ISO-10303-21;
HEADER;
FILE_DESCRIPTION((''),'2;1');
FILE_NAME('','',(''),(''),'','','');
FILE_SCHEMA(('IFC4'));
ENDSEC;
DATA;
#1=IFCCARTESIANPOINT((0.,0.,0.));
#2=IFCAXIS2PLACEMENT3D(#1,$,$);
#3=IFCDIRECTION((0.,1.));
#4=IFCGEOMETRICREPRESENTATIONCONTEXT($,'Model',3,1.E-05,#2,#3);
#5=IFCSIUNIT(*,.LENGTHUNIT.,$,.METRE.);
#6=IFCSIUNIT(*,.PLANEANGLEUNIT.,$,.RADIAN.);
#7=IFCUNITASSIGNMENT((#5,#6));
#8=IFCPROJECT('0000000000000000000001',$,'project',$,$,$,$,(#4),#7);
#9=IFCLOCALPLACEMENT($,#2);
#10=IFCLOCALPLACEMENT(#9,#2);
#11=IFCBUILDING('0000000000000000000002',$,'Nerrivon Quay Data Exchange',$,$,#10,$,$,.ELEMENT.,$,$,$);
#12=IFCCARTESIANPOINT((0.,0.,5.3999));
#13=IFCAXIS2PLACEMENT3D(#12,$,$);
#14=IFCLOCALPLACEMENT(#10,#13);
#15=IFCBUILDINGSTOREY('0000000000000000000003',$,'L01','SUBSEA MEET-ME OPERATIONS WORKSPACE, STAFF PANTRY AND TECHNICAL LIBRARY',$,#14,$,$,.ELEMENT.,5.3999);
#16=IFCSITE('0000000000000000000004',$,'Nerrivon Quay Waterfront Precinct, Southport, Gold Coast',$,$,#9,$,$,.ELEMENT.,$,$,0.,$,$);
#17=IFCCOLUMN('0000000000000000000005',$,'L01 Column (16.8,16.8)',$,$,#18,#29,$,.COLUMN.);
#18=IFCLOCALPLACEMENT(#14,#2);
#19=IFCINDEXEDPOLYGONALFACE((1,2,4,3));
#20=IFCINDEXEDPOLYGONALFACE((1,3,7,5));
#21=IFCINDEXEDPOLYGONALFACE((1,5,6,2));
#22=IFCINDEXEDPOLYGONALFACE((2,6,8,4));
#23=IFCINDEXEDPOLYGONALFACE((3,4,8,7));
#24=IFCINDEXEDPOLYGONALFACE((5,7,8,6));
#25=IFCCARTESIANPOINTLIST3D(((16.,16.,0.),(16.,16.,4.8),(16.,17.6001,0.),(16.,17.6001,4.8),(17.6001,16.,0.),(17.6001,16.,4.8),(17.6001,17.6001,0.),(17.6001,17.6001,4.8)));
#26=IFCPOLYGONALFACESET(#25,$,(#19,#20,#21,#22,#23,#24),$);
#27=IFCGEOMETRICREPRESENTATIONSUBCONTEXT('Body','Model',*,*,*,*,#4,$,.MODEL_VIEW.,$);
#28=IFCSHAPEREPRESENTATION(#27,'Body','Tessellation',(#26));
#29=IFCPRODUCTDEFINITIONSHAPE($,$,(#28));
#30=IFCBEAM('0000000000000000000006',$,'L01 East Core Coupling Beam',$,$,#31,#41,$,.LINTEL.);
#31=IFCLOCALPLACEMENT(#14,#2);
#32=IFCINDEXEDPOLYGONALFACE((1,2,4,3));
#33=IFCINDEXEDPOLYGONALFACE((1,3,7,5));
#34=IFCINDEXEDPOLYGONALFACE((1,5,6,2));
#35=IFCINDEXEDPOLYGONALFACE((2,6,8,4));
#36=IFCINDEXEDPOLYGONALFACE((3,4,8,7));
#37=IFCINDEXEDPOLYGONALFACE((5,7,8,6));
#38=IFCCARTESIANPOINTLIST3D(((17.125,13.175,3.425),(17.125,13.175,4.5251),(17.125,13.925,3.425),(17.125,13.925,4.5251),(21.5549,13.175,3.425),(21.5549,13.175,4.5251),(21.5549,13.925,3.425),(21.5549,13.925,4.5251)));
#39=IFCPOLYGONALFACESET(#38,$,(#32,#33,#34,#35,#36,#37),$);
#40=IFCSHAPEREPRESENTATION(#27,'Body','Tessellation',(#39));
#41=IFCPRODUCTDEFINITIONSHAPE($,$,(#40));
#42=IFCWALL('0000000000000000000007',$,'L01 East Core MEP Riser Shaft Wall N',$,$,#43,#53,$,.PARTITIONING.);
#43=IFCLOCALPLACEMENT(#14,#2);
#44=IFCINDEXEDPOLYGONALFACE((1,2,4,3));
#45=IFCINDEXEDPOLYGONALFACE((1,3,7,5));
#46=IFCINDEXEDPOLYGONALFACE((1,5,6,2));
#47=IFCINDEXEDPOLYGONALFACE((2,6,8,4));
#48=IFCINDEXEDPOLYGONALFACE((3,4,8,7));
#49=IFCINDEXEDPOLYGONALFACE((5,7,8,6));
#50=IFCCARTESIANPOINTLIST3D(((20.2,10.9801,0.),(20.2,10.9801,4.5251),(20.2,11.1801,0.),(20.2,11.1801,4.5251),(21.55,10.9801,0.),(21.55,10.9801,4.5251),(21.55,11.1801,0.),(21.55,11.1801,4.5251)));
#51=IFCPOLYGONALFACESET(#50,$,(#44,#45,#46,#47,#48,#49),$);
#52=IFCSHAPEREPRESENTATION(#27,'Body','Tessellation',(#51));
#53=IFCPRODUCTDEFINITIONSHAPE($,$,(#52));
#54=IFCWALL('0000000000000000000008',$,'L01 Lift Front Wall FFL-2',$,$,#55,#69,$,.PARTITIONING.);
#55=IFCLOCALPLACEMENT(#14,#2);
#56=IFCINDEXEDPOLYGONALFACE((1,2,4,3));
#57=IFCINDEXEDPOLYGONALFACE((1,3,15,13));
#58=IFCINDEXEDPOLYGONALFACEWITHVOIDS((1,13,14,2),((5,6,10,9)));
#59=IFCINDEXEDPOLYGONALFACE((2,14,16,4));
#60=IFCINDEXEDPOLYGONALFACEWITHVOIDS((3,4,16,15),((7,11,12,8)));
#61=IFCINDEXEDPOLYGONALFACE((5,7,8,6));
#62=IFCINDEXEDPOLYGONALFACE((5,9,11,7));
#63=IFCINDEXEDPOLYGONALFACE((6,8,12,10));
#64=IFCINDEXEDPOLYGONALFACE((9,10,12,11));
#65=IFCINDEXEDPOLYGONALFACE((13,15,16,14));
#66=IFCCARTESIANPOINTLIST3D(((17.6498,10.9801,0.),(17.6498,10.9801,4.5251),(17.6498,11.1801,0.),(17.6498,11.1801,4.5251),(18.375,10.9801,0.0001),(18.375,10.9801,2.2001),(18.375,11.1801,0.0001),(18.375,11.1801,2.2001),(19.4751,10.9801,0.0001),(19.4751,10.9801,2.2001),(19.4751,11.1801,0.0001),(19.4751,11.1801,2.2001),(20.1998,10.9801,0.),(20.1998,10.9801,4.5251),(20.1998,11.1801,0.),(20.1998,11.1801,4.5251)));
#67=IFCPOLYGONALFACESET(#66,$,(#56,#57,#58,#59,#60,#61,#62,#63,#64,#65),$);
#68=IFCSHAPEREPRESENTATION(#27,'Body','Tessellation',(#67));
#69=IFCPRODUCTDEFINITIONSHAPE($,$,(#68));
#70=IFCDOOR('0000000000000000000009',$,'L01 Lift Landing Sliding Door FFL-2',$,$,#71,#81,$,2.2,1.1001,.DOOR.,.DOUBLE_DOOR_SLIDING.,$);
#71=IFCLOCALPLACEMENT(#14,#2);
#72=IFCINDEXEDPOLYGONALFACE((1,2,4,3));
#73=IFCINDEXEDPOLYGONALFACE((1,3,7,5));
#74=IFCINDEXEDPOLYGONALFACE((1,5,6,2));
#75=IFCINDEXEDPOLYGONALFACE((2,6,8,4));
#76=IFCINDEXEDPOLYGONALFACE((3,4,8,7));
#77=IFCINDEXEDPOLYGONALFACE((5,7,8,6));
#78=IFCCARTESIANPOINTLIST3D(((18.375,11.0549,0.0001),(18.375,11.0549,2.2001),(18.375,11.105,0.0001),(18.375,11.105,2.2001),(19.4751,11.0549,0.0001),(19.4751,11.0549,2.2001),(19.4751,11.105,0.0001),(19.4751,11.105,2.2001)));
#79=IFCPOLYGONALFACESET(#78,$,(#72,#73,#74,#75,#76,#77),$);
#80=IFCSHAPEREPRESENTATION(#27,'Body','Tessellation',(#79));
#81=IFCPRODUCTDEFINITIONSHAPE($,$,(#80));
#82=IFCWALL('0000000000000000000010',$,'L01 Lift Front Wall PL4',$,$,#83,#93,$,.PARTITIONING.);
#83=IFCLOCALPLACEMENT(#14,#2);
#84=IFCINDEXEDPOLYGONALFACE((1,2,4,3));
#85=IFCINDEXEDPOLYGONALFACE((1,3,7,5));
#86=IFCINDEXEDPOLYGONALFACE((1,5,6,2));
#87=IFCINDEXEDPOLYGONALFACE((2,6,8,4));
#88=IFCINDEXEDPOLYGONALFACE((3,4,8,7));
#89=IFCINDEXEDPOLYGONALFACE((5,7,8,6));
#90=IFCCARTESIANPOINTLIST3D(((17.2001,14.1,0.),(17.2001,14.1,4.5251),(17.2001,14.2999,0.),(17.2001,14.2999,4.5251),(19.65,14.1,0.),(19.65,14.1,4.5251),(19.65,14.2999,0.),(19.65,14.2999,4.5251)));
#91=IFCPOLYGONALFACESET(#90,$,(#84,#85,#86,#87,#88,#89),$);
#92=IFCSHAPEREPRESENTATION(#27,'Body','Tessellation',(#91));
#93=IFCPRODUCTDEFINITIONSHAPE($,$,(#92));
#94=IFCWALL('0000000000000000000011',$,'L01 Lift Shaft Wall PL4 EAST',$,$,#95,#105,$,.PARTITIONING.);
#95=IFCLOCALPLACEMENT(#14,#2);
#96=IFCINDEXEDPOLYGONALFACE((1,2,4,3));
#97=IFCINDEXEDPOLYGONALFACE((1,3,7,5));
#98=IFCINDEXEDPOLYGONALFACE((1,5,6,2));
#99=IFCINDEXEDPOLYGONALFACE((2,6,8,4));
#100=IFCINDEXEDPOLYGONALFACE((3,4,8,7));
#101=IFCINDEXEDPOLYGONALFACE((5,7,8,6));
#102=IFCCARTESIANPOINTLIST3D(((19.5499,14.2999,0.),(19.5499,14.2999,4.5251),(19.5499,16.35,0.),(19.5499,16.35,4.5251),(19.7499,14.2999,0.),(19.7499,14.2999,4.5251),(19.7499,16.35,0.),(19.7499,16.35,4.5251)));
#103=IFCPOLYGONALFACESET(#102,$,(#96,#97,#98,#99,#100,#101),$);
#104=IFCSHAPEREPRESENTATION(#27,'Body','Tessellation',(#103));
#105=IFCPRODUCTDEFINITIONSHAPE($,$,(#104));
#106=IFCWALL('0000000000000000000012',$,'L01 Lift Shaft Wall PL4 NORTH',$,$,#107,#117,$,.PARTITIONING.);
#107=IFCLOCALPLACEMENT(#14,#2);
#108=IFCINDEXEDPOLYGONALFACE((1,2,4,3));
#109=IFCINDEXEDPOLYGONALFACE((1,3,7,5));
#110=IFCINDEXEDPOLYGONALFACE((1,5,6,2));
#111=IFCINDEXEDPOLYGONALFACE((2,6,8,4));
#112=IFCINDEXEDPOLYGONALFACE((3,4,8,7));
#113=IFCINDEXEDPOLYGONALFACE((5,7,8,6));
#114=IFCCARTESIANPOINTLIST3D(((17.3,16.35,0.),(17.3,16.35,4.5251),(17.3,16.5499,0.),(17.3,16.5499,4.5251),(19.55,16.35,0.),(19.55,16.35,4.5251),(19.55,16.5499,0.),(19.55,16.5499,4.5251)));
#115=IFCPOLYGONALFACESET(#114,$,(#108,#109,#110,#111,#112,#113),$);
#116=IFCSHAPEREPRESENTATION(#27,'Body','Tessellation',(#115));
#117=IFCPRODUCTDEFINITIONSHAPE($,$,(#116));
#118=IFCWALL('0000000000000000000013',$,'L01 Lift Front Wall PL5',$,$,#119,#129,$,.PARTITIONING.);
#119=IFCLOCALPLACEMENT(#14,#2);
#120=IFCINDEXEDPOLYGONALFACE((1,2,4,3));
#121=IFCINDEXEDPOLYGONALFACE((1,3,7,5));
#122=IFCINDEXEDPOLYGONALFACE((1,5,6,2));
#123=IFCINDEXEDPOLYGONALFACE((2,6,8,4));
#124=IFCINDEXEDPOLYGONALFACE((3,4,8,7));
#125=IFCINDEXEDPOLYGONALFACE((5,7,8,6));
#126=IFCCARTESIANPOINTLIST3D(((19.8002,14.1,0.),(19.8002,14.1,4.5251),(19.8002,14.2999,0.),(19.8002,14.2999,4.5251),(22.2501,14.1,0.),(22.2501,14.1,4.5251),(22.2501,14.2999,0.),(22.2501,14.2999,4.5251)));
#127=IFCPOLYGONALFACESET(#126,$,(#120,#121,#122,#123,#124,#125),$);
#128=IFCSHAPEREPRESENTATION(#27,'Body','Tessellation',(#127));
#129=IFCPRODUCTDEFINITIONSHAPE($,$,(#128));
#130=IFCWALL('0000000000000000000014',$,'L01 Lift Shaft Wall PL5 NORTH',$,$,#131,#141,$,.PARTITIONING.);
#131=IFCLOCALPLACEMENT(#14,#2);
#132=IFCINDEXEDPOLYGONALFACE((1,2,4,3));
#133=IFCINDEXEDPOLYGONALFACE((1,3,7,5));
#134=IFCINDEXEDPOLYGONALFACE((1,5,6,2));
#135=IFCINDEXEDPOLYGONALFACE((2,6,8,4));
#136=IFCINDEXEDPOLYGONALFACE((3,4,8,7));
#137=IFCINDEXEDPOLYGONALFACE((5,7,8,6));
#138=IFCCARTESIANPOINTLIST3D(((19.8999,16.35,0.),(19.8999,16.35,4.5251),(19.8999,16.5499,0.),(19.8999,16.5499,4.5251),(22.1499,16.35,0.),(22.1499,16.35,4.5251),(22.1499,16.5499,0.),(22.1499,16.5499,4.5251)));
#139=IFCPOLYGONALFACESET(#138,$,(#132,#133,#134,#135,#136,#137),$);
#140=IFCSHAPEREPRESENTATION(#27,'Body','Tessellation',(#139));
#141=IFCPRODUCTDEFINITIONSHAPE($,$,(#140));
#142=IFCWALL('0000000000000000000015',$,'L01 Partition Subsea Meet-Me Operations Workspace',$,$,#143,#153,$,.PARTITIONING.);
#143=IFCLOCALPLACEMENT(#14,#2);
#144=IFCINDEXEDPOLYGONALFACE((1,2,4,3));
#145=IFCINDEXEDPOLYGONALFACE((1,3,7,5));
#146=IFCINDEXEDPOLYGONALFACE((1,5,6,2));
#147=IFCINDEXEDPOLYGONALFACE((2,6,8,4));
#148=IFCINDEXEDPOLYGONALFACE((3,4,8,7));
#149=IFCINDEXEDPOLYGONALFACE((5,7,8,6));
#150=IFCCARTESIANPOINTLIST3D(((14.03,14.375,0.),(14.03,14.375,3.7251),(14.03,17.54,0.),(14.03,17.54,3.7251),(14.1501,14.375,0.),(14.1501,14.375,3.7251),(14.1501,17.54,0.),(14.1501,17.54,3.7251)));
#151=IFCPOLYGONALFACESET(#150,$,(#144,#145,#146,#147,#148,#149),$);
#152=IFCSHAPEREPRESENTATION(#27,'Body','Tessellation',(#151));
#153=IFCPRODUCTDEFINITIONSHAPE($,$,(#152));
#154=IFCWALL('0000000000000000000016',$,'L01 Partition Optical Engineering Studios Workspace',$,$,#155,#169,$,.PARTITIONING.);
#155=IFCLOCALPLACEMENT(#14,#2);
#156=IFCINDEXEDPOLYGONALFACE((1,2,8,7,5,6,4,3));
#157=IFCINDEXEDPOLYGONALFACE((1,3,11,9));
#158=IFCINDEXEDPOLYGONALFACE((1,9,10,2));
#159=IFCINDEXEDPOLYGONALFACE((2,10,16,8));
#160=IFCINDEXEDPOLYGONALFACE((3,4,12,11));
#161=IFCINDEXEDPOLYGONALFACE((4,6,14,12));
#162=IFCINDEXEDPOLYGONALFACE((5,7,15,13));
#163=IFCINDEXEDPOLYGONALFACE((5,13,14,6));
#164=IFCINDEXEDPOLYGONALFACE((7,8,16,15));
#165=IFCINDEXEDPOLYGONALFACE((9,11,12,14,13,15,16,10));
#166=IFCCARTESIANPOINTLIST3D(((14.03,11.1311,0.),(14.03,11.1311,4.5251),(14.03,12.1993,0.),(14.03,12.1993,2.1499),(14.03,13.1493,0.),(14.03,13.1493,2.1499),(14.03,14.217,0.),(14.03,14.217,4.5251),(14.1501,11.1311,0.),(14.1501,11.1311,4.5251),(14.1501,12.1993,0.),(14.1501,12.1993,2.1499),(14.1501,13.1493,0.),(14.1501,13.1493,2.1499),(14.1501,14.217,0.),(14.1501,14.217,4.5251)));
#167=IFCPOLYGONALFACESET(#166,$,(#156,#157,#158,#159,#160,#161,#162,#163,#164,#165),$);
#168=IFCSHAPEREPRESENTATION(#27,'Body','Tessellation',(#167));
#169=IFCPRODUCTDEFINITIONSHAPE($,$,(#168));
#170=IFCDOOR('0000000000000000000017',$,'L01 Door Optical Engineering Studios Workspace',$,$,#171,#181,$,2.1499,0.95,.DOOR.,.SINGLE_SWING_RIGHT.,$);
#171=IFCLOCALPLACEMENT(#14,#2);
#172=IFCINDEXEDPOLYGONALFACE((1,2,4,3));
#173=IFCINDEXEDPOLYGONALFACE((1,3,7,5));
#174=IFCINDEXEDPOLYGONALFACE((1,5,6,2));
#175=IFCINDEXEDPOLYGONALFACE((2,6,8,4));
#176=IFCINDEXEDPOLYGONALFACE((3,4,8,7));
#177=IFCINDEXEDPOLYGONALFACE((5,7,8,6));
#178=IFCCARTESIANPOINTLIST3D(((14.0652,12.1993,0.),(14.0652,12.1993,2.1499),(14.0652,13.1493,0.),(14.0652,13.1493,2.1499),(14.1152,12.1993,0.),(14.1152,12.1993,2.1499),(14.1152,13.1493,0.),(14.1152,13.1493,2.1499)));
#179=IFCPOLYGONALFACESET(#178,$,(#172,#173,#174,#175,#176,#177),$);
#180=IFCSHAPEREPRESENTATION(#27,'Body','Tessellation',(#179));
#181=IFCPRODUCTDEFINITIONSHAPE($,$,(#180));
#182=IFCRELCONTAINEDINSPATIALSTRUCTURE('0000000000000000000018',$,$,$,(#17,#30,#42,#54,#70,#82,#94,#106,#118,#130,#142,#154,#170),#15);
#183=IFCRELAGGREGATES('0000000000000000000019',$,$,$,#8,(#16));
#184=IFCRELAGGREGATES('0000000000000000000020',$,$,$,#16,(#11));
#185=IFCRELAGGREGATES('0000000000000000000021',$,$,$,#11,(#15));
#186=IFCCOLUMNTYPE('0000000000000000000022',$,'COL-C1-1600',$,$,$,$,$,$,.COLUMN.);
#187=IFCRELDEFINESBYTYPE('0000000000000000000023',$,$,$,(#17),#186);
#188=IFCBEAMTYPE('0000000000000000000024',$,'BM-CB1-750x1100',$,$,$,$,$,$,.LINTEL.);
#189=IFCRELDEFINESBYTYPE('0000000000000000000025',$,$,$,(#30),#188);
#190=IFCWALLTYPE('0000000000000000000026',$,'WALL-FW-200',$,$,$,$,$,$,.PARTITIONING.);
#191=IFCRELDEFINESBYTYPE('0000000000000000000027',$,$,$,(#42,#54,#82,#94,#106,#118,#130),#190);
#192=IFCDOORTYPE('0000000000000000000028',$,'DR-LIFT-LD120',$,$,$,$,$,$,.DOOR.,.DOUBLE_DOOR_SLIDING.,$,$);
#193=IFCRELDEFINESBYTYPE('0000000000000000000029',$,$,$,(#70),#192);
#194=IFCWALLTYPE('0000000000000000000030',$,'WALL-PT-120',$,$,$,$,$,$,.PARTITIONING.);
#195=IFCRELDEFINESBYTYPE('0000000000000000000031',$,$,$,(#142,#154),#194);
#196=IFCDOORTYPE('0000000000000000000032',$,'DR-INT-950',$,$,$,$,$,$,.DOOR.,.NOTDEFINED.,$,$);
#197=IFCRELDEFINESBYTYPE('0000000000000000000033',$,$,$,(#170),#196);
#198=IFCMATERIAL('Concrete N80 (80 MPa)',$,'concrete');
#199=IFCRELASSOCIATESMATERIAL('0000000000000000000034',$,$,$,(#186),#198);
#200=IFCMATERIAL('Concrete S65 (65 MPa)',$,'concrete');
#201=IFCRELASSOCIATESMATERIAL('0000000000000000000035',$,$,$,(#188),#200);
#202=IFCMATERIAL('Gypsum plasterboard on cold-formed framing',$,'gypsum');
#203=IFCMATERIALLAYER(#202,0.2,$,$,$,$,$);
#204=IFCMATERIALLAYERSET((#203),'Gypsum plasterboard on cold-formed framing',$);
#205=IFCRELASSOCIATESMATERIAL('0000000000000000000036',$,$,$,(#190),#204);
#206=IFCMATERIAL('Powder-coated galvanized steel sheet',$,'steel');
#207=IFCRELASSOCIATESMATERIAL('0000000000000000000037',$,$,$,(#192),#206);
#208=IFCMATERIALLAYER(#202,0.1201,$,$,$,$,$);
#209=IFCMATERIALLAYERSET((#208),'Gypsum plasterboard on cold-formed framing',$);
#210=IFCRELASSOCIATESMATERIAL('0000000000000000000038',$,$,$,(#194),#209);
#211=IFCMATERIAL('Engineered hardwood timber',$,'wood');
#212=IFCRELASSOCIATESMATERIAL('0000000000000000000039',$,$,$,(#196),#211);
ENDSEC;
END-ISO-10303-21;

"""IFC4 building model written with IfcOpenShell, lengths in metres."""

from ifc_helpers import new_model, si_unit, direction, frame, frame_2d, origin, origin_2d, place, context, subcontext, project, spatial, rectangle, extrude, material, layer, layer_set, material_profile, profile_set, type_object, element, fill, save


model = new_model("IFC4")

# Units and contexts
model_context = context("Model", 3, precision=1e-05, world=origin(), true_north=direction((0.0, 1.0)))
body_context = subcontext(model_context, "Body", "Model", "MODEL_VIEW")
ifc_project = project(units=[si_unit("LENGTHUNIT", "METRE"), si_unit("PLANEANGLEUNIT", "RADIAN")], contexts=[model_context])

# Site, building, storey
site_placement = place(None, origin())
site = spatial("IfcSite", under=ifc_project, at=site_placement, Name="Nerrivon Quay Waterfront Precinct, Southport, Gold Coast", CompositionType="ELEMENT", RefElevation=0.0)
building_placement = place(site_placement, origin())
building = spatial("IfcBuilding", under=site, at=building_placement, Name="Nerrivon Quay Data Exchange", CompositionType="ELEMENT")
storey_placement = place(building_placement, frame((0.0, 0.0, 5.3999)))
storey = spatial("IfcBuildingStorey", under=building, at=storey_placement, Name="L01", Description="SUBSEA MEET-ME OPERATIONS WORKSPACE, STAFF PANTRY AND TECHNICAL LIBRARY", CompositionType="ELEMENT", Elevation=5.3999)

# Column
ifc_material_1 = material(Name="Concrete N80 (80 MPa)", Category="concrete")
ifc_material_profile_1 = material_profile(ifc_material_1, rectangle(XDim=1.6001, YDim=1.6001, at=origin_2d()), Name="RC-COL-1600x1600")
ifc_profile_set_1 = profile_set([ifc_material_profile_1], Name="Concrete N80 (80 MPa)")
column_type = type_object("IfcColumnType", Name="COL-C1-1600", PredefinedType="COLUMN", material=ifc_profile_set_1)
column_placement = place(storey_placement, frame((16.8, 16.8, 0.0), z_axis=(0.0, 0.0, 1.0), x_axis=(1.0, 0.0, 0.0)))
element("IfcColumn", 1, at=column_placement, inside=storey, type_object=column_type, Name="L01 Column (16.8,16.8)", PredefinedType="COLUMN", context=body_context, shape_type="SweptSolid", body=[
    extrude(rectangle(XDim=1.6001, YDim=1.6001, at=origin_2d()), origin(), (0.0, 0.0, 1.0), 4.8),
])

# Beam
ifc_material_2 = material(Name="Concrete S65 (65 MPa)", Category="concrete")
ifc_material_profile_2 = material_profile(ifc_material_2, rectangle(XDim=0.75, YDim=1.1001, at=origin_2d()), Name="RC-CB-750x1100")
ifc_profile_set_2 = profile_set([ifc_material_profile_2], Name="Concrete S65 (65 MPa)")
beam_type = type_object("IfcBeamType", Name="BM-CB1-750x1100", PredefinedType="LINTEL", material=ifc_profile_set_2)
beam_placement = place(storey_placement, frame((17.125, 13.55, 3.9751), z_axis=(1.0, 0.0, 0.0), x_axis=(0.0, 1.0, 0.0)))
element("IfcBeam", 2, at=beam_placement, inside=storey, type_object=beam_type, Name="L01 East Core Coupling Beam", PredefinedType="LINTEL", context=body_context, shape_type="SweptSolid", body=[
    extrude(rectangle(XDim=0.75, YDim=1.1001, at=origin_2d()), origin(), (0.0, 0.0, 1.0), 4.4299),
])

# Shared definitions
ifc_material_3 = material(Name="Powder-coated galvanized steel sheet", Category="steel")

# Wall
ifc_material_4 = material(Name="Gypsum plasterboard on cold-formed framing", Category="gypsum")
ifc_layer_1 = layer(ifc_material_4, 0.2)
ifc_layer_set_1 = layer_set([ifc_layer_1], Name="Gypsum plasterboard on cold-formed framing")
wall_type_1 = type_object("IfcWallType", Name="WALL-FW-200", PredefinedType="PARTITIONING", material=ifc_layer_set_1)
wall_1_placement = place(storey_placement, frame((20.2, 11.0801, 0.0), z_axis=(0.0, 0.0, 1.0), x_axis=(1.0, 0.0, 0.0)))
element("IfcWall", 3, at=wall_1_placement, inside=storey, type_object=wall_type_1, Name="L01 East Core MEP Riser Shaft Wall N", PredefinedType="PARTITIONING", context=body_context, shape_type="SweptSolid", body=[
    extrude(rectangle(XDim=1.3501, YDim=0.2, at=frame_2d((0.675, 0.0))), origin(), (0.0, 0.0, 1.0), 4.5251),
])

# Wall, opening, door
wall_2_placement = place(storey_placement, frame((17.6499, 11.0801, 0.0), z_axis=(0.0, 0.0, 1.0), x_axis=(1.0, 0.0, 0.0)))
wall_2 = element("IfcWall", 4, at=wall_2_placement, inside=storey, type_object=wall_type_1, Name="L01 Lift Front Wall FFL-2", PredefinedType="PARTITIONING", context=body_context, shape_type="SweptSolid", body=[
    extrude(rectangle(XDim=2.55, YDim=0.2, at=frame_2d((1.2749, 0.0))), origin(), (0.0, 0.0, 1.0), 4.5251),
])
opening_1_placement = place(wall_2_placement, frame((0.7251, 0.0, 0.0)))
opening_1 = element("IfcOpeningElement", 5, at=opening_1_placement, cuts=wall_2, PredefinedType="OPENING", context=body_context, shape_type="SweptSolid", body=[
    extrude(rectangle(XDim=1.1001, YDim=2.2, at=frame_2d((0.55, 1.1001))), frame((0.0, 0.1099, 0.0), z_axis=(0.0, -1.0, 0.0), x_axis=(1.0, 0.0, 0.0)), (0.0, 0.0, 1.0), 0.22),
])
door_type_1 = type_object("IfcDoorType", Name="DR-LIFT-LD120", OperationType="DOUBLE_DOOR_SLIDING", PredefinedType="DOOR", material=ifc_material_3)
door_1_placement = place(opening_1_placement, origin())
door_1 = element("IfcDoor", 6, at=door_1_placement, inside=storey, type_object=door_type_1, Name="L01 Lift Landing Sliding Door FFL-2", OperationType="DOUBLE_DOOR_SLIDING", OverallHeight=2.2, OverallWidth=1.1001, PredefinedType="DOOR", context=body_context, shape_type="SweptSolid", body=[
    extrude(rectangle(XDim=1.1001, YDim=2.2, at=frame_2d((0.55, 1.1001))), frame((0.0, 0.0249, 0.0), z_axis=(0.0, -1.0, 0.0), x_axis=(1.0, 0.0, 0.0)), (0.0, 0.0, 1.0), 0.05),
])
fill(opening_1, door_1)

# Walls
wall_3_placement = place(storey_placement, frame((17.2, 14.2, 0.0), z_axis=(0.0, 0.0, 1.0), x_axis=(1.0, 0.0, 0.0)))
element("IfcWall", 7, at=wall_3_placement, inside=storey, type_object=wall_type_1, Name="L01 Lift Front Wall PL4", PredefinedType="PARTITIONING", context=body_context, shape_type="SweptSolid", body=[
    extrude(rectangle(XDim=2.45, YDim=0.2, at=frame_2d((1.2251, 0.0))), origin(), (0.0, 0.0, 1.0), 4.5251),
])
wall_4_placement = place(storey_placement, frame((19.6499, 14.3, 0.0), z_axis=(0.0, 0.0, 1.0), x_axis=(0.0, 1.0, 0.0)))
element("IfcWall", 8, at=wall_4_placement, inside=storey, type_object=wall_type_1, Name="L01 Lift Shaft Wall PL4 EAST", PredefinedType="PARTITIONING", context=body_context, shape_type="SweptSolid", body=[
    extrude(rectangle(XDim=2.05, YDim=0.2, at=frame_2d((1.0249, 0.0))), origin(), (0.0, 0.0, 1.0), 4.5251),
])
wall_5_placement = place(storey_placement, frame((17.3, 16.45, 0.0), z_axis=(0.0, 0.0, 1.0), x_axis=(1.0, 0.0, 0.0)))
element("IfcWall", 9, at=wall_5_placement, inside=storey, type_object=wall_type_1, Name="L01 Lift Shaft Wall PL4 NORTH", PredefinedType="PARTITIONING", context=body_context, shape_type="SweptSolid", body=[
    extrude(rectangle(XDim=2.25, YDim=0.2, at=frame_2d((1.125, 0.0))), origin(), (0.0, 0.0, 1.0), 4.5251),
])
wall_6_placement = place(storey_placement, frame((19.8, 14.2, 0.0), z_axis=(0.0, 0.0, 1.0), x_axis=(1.0, 0.0, 0.0)))
element("IfcWall", 10, at=wall_6_placement, inside=storey, type_object=wall_type_1, Name="L01 Lift Front Wall PL5", PredefinedType="PARTITIONING", context=body_context, shape_type="SweptSolid", body=[
    extrude(rectangle(XDim=2.45, YDim=0.2, at=frame_2d((1.2251, 0.0))), origin(), (0.0, 0.0, 1.0), 4.5251),
])
wall_7_placement = place(storey_placement, frame((19.8999, 16.45, 0.0), z_axis=(0.0, 0.0, 1.0), x_axis=(1.0, 0.0, 0.0)))
element("IfcWall", 11, at=wall_7_placement, inside=storey, type_object=wall_type_1, Name="L01 Lift Shaft Wall PL5 NORTH", PredefinedType="PARTITIONING", context=body_context, shape_type="SweptSolid", body=[
    extrude(rectangle(XDim=2.25, YDim=0.2, at=frame_2d((1.125, 0.0))), origin(), (0.0, 0.0, 1.0), 4.5251),
])
ifc_layer_2 = layer(ifc_material_4, 0.1201)
ifc_layer_set_2 = layer_set([ifc_layer_2], Name="Gypsum plasterboard on cold-formed framing")
wall_type_2 = type_object("IfcWallType", Name="WALL-PT-120", PredefinedType="PARTITIONING", material=ifc_layer_set_2)
wall_8_placement = place(storey_placement, frame((14.0901, 14.375, 0.0), z_axis=(0.0, 0.0, 1.0), x_axis=(0.0, 1.0, 0.0)))
element("IfcWall", 12, at=wall_8_placement, inside=storey, type_object=wall_type_2, Name="L01 Partition Subsea Meet-Me Operations Workspace", PredefinedType="PARTITIONING", context=body_context, shape_type="SweptSolid", body=[
    extrude(rectangle(XDim=3.165, YDim=0.1201, at=frame_2d((1.5825, 0.0))), origin(), (0.0, 0.0, 1.0), 3.7251),
])

# Wall, opening, door
wall_9_placement = place(storey_placement, frame((14.0901, 11.1311, 0.0), z_axis=(0.0, 0.0, 1.0), x_axis=(0.0, 1.0, 0.0)))
wall_9 = element("IfcWall", 13, at=wall_9_placement, inside=storey, type_object=wall_type_2, Name="L01 Partition Optical Engineering Studios Workspace", PredefinedType="PARTITIONING", context=body_context, shape_type="SweptSolid", body=[
    extrude(rectangle(XDim=3.0859, YDim=0.1201, at=frame_2d((1.543, 0.0))), origin(), (0.0, 0.0, 1.0), 4.5251),
])
opening_2_placement = place(wall_9_placement, frame((1.0681, 0.0, 0.0)))
opening_2 = element("IfcOpeningElement", 14, at=opening_2_placement, cuts=wall_9, PredefinedType="OPENING", context=body_context, shape_type="SweptSolid", body=[
    extrude(rectangle(XDim=0.95, YDim=2.1499, at=frame_2d((0.4751, 1.075))), frame((0.0, 0.0701, 0.0), z_axis=(0.0, -1.0, 0.0), x_axis=(1.0, 0.0, 0.0)), (0.0, 0.0, 1.0), 0.1401),
])
ifc_material_5 = material(Name="Engineered hardwood timber", Category="wood")
door_type_2 = type_object("IfcDoorType", Name="DR-INT-950", OperationType="NOTDEFINED", PredefinedType="DOOR", material=ifc_material_5)
door_2_placement = place(opening_2_placement, origin())
door_2 = element("IfcDoor", 15, at=door_2_placement, inside=storey, type_object=door_type_2, Name="L01 Door Optical Engineering Studios Workspace", OperationType="SINGLE_SWING_RIGHT", OverallHeight=2.1499, OverallWidth=0.95, PredefinedType="DOOR", context=body_context, shape_type="SweptSolid", body=[
    extrude(rectangle(XDim=0.95, YDim=2.1499, at=frame_2d((0.4751, 1.075))), frame((0.0, 0.0249, 0.0), z_axis=(0.0, -1.0, 0.0), x_axis=(1.0, 0.0, 0.0)), (0.0, 0.0, 1.0), 0.05),
])
fill(opening_2, door_2)

save(model, "model.ifc")
